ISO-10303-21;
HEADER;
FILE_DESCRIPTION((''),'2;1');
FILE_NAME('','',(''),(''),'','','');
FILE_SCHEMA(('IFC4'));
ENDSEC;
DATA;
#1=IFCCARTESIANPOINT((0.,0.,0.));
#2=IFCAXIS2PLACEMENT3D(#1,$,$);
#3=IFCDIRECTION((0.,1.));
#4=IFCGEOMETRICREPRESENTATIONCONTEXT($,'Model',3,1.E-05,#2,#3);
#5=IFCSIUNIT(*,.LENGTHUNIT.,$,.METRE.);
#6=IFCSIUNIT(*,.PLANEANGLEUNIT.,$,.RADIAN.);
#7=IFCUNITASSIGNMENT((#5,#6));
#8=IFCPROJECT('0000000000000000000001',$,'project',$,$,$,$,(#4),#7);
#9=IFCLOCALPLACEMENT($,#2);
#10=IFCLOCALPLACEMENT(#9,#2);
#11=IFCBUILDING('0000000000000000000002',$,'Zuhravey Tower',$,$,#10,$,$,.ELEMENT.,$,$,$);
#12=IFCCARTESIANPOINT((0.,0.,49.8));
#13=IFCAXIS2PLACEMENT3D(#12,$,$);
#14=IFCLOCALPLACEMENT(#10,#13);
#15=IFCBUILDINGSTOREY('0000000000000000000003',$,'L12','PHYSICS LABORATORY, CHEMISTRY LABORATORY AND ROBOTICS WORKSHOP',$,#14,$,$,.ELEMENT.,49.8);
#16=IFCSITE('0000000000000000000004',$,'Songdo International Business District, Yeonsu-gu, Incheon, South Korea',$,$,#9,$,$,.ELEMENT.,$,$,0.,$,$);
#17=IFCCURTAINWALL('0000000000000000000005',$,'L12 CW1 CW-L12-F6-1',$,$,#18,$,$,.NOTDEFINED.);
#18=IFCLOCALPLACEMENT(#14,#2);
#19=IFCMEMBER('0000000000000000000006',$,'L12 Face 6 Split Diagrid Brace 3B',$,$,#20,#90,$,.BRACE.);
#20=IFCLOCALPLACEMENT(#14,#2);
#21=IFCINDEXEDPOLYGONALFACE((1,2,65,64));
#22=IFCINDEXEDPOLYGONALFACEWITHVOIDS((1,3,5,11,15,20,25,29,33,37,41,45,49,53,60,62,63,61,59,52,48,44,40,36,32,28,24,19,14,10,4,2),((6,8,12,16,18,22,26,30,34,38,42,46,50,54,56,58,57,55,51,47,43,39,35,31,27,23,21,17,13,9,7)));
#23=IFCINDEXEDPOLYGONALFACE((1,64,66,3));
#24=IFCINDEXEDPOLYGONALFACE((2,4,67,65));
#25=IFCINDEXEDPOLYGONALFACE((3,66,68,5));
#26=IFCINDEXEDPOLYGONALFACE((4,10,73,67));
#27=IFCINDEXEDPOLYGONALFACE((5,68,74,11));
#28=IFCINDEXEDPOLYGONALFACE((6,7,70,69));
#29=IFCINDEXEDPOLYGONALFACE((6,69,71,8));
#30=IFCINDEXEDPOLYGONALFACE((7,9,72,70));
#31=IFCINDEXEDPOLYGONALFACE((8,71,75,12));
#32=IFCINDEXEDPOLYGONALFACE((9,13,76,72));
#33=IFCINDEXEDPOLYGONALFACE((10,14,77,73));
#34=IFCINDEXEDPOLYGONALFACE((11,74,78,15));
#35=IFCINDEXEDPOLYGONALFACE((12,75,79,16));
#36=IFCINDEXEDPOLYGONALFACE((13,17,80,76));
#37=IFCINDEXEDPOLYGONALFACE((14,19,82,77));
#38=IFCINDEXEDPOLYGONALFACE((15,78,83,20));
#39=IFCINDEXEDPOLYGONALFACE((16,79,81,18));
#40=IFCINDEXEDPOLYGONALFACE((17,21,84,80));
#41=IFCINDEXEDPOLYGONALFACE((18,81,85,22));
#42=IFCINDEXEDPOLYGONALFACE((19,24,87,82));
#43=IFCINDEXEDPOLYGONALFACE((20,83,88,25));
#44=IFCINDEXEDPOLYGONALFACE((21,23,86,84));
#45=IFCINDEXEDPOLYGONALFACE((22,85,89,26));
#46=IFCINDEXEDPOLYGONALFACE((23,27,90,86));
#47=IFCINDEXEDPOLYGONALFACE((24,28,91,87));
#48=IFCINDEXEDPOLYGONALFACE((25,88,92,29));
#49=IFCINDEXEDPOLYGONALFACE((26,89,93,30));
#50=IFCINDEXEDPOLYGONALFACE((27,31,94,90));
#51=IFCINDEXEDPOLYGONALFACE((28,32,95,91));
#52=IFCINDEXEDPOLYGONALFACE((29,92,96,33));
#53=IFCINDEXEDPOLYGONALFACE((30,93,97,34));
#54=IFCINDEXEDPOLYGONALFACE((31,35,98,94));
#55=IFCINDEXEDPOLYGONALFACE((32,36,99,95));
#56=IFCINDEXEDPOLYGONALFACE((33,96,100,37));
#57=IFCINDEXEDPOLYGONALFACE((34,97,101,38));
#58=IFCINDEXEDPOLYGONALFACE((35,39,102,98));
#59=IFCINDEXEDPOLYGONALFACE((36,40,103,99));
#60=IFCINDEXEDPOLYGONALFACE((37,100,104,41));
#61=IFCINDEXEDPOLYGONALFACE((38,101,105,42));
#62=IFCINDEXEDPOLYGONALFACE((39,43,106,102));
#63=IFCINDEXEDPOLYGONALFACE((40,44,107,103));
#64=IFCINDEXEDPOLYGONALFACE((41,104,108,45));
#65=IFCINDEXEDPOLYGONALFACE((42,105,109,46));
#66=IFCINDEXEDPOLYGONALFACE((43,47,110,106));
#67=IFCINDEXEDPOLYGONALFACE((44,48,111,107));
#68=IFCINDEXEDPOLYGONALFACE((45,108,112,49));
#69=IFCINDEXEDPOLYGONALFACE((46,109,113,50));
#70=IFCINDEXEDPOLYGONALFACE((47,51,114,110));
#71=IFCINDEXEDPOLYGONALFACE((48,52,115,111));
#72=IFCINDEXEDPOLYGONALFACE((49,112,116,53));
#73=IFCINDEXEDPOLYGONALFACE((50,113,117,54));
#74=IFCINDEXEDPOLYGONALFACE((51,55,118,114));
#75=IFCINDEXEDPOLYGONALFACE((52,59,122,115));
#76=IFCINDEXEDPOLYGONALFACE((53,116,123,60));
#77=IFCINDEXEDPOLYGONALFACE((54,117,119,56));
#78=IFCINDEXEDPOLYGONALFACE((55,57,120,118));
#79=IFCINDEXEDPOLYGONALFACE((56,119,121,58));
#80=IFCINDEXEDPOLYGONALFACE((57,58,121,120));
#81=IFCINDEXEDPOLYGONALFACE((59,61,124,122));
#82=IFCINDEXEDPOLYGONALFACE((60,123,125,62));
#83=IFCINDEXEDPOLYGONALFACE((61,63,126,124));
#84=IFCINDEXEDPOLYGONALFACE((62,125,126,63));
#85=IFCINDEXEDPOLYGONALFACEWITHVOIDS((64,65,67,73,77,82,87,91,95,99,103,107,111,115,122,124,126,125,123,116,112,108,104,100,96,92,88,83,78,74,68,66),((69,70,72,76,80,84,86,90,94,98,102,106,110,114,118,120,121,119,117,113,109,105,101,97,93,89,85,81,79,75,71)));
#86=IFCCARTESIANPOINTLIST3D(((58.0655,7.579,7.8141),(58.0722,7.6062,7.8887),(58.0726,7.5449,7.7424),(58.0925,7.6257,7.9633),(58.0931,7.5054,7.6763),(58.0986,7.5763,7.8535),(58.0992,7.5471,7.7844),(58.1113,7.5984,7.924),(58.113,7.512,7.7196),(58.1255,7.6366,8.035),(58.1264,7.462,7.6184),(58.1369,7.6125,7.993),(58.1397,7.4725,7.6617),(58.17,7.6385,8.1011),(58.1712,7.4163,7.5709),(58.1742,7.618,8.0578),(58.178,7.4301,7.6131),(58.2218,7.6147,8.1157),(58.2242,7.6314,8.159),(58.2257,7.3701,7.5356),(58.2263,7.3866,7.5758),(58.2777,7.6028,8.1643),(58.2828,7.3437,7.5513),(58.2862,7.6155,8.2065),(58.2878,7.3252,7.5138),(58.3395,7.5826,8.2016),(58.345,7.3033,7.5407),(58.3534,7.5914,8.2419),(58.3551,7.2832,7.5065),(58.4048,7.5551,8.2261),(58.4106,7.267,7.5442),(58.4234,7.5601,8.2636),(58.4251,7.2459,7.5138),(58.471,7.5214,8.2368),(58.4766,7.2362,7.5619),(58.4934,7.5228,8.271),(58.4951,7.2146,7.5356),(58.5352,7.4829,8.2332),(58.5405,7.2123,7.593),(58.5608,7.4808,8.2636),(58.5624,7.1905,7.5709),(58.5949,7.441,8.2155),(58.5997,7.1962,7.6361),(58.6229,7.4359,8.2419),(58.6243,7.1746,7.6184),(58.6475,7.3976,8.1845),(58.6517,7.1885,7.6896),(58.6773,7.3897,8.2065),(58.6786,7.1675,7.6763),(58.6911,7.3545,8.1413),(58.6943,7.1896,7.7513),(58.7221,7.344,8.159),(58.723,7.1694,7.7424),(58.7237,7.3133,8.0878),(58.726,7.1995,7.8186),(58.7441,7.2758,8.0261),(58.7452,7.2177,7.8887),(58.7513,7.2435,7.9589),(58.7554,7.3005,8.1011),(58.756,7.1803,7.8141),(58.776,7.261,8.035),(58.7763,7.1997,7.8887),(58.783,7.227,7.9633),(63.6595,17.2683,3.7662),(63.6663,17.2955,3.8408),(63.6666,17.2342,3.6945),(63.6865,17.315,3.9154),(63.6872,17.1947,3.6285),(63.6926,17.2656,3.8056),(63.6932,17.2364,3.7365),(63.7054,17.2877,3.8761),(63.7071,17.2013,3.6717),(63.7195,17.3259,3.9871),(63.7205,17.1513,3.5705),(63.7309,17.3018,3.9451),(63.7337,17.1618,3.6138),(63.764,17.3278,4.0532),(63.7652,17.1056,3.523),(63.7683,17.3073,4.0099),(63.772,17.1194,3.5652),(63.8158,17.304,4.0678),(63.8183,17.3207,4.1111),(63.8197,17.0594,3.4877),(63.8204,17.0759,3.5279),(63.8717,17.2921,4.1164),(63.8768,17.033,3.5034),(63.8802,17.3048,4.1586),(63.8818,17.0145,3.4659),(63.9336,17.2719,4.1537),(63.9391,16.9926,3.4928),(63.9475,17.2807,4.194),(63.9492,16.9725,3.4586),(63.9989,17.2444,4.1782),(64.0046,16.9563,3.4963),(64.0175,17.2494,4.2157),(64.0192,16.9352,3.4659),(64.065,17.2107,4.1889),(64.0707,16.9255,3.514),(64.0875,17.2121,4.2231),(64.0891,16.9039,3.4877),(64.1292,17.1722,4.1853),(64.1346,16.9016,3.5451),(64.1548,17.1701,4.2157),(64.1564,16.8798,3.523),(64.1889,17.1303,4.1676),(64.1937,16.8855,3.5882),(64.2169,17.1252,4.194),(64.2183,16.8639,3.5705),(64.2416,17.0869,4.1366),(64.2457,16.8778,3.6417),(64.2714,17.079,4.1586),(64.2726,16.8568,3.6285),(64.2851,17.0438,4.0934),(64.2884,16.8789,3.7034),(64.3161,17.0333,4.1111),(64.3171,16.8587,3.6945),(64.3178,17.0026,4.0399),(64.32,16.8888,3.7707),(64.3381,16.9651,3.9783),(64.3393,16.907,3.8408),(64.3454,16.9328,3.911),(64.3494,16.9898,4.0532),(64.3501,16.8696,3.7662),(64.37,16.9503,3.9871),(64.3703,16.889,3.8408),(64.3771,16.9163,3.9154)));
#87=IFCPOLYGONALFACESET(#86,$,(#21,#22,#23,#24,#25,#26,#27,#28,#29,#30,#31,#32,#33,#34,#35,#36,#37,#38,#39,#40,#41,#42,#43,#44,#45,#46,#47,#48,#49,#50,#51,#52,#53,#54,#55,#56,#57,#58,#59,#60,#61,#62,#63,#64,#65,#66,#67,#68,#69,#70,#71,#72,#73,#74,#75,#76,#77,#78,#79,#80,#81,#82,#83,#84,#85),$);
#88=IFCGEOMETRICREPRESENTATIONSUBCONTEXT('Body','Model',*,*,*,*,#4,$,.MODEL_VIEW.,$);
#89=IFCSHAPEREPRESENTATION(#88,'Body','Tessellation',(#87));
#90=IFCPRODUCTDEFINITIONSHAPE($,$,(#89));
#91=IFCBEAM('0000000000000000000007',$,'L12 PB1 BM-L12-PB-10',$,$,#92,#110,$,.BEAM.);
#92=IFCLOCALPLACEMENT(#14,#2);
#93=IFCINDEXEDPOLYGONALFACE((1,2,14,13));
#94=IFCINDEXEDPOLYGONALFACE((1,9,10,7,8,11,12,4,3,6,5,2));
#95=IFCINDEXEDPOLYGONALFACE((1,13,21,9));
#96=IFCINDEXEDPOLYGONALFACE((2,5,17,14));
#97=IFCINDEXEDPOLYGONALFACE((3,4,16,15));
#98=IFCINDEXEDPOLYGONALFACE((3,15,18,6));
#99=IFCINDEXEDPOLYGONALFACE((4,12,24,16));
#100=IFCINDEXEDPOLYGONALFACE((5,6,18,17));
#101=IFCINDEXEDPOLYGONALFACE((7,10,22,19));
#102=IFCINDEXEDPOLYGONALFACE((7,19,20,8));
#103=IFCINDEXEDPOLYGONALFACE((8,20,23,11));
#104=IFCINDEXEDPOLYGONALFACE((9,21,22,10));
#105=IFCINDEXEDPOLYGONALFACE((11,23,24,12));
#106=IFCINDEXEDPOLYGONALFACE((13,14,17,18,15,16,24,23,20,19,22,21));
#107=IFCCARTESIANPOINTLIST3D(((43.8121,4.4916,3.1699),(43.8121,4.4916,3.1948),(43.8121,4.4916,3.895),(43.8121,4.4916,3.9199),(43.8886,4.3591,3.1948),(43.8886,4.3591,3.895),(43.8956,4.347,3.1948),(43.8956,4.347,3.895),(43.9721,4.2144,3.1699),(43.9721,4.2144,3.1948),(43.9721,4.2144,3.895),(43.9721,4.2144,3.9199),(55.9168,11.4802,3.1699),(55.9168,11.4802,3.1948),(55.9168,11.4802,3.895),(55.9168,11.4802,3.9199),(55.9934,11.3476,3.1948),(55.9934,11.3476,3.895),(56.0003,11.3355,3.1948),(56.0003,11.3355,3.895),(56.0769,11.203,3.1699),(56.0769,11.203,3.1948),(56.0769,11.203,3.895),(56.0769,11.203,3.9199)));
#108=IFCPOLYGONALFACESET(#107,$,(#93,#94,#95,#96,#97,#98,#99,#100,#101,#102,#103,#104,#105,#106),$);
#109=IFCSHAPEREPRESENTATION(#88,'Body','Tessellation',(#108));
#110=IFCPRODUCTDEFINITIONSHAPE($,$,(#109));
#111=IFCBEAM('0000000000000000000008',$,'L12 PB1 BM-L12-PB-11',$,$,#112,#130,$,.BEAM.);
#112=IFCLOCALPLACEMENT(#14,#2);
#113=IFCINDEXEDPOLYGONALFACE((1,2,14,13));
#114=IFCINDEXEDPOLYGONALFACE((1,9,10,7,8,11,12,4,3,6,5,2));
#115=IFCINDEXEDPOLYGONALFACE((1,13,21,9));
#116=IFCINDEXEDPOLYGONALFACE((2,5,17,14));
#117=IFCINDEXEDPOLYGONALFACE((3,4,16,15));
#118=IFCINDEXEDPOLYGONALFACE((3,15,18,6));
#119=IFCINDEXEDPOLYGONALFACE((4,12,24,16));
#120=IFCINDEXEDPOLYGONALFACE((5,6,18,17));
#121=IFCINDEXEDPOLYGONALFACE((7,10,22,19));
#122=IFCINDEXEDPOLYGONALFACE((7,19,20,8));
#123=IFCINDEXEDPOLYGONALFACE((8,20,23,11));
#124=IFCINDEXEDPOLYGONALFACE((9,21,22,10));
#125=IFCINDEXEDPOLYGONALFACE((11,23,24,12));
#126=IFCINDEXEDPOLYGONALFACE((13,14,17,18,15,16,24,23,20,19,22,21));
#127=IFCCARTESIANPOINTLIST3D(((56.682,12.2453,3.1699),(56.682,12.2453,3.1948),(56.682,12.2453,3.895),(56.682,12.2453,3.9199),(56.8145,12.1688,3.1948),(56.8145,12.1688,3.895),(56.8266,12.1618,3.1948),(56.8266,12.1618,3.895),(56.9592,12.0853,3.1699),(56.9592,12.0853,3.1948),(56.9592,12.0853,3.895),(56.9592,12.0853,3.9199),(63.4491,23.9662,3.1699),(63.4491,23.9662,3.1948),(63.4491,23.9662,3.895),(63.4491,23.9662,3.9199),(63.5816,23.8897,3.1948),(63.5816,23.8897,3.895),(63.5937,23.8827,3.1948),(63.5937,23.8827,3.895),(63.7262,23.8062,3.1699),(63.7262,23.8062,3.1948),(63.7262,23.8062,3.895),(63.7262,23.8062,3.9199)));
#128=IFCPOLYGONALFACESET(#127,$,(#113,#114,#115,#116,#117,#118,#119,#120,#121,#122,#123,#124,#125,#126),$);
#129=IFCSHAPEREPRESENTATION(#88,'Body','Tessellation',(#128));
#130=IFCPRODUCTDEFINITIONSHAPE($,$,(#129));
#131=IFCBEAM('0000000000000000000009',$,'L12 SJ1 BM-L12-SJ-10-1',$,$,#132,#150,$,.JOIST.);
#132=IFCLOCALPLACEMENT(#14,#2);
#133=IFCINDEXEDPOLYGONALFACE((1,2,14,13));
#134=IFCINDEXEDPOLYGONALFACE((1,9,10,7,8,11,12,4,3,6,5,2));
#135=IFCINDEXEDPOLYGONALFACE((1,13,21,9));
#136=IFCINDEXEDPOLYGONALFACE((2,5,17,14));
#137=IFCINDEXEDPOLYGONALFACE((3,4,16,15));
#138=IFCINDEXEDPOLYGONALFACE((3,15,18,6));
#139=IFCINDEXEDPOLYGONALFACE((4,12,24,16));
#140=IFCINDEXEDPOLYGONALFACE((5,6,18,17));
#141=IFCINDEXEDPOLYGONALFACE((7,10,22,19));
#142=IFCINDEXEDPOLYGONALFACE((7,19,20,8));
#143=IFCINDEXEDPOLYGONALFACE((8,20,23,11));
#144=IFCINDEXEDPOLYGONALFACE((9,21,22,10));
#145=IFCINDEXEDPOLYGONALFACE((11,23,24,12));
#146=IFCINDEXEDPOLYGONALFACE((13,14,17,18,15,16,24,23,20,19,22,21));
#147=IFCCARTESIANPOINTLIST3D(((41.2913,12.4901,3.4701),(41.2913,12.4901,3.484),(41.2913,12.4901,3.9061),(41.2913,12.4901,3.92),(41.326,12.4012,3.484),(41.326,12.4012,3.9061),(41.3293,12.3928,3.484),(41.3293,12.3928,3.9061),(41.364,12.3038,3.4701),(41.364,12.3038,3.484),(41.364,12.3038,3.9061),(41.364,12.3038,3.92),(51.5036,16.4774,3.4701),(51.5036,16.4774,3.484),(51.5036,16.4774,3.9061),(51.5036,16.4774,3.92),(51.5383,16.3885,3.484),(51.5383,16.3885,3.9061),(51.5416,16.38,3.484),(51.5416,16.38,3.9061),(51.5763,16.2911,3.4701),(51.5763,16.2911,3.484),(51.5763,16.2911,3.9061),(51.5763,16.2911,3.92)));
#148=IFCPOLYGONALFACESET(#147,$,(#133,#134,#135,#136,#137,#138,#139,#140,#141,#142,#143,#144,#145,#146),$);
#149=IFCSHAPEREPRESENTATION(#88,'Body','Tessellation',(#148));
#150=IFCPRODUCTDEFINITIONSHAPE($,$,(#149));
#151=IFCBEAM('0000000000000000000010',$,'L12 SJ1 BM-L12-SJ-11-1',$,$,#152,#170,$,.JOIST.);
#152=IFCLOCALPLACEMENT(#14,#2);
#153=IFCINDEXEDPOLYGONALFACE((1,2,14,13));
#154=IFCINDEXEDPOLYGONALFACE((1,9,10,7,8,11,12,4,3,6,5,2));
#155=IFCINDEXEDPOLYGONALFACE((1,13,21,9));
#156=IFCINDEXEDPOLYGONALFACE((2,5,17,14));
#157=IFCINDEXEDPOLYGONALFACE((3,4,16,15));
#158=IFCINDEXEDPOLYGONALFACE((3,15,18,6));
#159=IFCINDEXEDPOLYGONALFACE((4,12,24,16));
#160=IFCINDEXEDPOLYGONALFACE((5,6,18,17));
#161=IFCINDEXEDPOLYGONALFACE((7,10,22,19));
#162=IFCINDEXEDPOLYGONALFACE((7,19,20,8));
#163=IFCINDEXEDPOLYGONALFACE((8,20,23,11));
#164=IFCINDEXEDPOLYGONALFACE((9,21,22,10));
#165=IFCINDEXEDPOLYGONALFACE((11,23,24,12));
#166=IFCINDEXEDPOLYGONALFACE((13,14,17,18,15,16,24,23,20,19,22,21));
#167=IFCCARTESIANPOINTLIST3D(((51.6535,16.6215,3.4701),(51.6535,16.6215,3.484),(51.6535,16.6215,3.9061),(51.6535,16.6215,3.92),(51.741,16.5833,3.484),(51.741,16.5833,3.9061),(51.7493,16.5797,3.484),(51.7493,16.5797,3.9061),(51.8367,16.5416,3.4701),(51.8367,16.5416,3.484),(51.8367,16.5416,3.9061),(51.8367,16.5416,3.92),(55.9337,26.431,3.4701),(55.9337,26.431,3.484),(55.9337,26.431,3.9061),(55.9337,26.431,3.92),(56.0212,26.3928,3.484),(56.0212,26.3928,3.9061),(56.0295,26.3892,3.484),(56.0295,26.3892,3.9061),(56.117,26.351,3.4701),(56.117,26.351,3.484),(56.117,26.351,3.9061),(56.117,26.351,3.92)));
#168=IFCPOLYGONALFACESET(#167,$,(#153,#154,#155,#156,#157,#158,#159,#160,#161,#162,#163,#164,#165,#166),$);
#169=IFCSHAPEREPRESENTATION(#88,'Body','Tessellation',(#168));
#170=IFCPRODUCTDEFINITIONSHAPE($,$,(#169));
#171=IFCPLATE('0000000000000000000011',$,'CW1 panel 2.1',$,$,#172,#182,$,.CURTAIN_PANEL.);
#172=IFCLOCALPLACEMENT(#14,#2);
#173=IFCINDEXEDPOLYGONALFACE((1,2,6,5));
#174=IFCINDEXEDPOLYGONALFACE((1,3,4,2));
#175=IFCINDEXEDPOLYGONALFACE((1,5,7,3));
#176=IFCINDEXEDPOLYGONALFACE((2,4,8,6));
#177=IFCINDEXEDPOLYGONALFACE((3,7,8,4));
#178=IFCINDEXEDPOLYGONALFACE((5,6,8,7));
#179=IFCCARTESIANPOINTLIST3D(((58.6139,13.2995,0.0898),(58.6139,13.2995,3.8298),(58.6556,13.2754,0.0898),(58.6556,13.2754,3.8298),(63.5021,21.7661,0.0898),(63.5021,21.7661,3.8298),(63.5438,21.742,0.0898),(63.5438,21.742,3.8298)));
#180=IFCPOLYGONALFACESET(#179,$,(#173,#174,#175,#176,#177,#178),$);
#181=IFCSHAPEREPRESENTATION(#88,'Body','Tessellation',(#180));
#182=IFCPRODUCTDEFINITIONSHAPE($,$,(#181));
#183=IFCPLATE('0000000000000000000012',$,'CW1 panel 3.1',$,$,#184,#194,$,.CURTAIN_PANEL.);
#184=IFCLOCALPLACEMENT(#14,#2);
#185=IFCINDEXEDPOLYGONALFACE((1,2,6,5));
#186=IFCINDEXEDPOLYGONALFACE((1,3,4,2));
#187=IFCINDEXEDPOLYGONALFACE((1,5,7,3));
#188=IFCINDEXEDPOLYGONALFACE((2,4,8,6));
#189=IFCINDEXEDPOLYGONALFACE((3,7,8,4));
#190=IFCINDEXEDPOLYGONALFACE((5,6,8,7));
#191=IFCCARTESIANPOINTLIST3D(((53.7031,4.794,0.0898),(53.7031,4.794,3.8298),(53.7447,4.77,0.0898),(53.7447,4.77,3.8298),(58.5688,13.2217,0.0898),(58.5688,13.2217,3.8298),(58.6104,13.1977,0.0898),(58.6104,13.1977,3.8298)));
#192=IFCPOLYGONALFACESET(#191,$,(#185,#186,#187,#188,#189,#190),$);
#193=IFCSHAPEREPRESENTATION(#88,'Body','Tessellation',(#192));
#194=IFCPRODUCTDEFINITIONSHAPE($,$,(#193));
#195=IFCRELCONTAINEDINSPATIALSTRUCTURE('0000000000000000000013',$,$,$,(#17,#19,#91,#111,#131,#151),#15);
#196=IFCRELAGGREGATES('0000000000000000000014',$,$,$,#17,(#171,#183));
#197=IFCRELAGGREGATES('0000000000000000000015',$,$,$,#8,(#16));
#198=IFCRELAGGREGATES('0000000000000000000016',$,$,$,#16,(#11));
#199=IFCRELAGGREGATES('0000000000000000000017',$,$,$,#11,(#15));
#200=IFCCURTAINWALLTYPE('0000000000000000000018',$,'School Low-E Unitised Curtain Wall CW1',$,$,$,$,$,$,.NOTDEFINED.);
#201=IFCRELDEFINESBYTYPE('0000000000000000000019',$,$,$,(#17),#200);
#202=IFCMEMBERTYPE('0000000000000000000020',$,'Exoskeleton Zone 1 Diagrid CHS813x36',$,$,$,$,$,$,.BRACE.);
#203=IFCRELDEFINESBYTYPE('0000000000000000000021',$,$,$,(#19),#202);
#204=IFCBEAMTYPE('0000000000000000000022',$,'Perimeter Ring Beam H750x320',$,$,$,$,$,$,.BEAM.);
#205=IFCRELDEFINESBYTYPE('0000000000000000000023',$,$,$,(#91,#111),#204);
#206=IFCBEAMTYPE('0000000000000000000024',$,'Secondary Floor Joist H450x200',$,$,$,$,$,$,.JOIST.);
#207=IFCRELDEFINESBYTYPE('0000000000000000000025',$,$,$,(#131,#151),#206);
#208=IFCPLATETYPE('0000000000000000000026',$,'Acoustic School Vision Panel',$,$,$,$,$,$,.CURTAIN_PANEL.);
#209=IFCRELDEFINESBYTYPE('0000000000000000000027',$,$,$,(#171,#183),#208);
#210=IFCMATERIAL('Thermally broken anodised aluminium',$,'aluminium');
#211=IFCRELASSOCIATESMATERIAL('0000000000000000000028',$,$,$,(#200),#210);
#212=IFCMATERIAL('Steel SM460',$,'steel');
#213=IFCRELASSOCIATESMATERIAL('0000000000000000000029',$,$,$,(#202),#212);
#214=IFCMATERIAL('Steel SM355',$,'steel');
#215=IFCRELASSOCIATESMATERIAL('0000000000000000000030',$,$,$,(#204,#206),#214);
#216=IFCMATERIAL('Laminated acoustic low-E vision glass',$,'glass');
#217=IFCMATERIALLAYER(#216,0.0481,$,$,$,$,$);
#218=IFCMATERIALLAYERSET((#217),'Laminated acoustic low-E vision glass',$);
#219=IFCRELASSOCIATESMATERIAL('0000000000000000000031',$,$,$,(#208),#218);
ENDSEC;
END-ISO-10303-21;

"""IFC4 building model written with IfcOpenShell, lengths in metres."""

from ifc_helpers import new_model, si_unit, direction, frame, origin, origin_2d, place, context, subcontext, project, spatial, rectangle, hollow_circle, i_section, extrude, material, layer, layer_set, material_profile, profile_set, type_object, element, aggregate, save


model = new_model("IFC4")

# Units and contexts
model_context = context("Model", 3, precision=1e-05, world=origin(), true_north=direction((0.0, 1.0)))
body_context = subcontext(model_context, "Body", "Model", "MODEL_VIEW")
ifc_project = project(units=[si_unit("LENGTHUNIT", "METRE"), si_unit("PLANEANGLEUNIT", "RADIAN")], contexts=[model_context])

# Site, building, storey
site_placement = place(None, origin())
site = spatial("IfcSite", under=ifc_project, at=site_placement, Name="Songdo International Business District, Yeonsu-gu, Incheon, South Korea", CompositionType="ELEMENT", RefElevation=0.0)
building_placement = place(site_placement, origin())
building = spatial("IfcBuilding", under=site, at=building_placement, Name="Zuhravey Tower", CompositionType="ELEMENT")
storey_placement = place(building_placement, frame((0.0, 0.0, 49.8)))
storey = spatial("IfcBuildingStorey", under=building, at=storey_placement, Name="L12", Description="PHYSICS LABORATORY, CHEMISTRY LABORATORY AND ROBOTICS WORKSHOP", CompositionType="ELEMENT", Elevation=49.8)

# Curtain wall
ifc_material_1 = material(Name="Thermally broken anodised aluminium", Category="aluminium")
curtain_wall_type = type_object("IfcCurtainWallType", Name="School Low-E Unitised Curtain Wall CW1", PredefinedType="NOTDEFINED", material=ifc_material_1)
curtain_wall_1_placement = place(storey_placement, origin())
curtain_wall_1 = element("IfcCurtainWall", 1, at=curtain_wall_1_placement, inside=storey, type_object=curtain_wall_type, Name="L12 CW1 CW-L12-F6-1", PredefinedType="NOTDEFINED")

# Member
ifc_material_2 = material(Name="Steel SM355", Category="steel")
ifc_material_3 = material(Name="Steel SM460", Category="steel")
ifc_material_profile_1 = material_profile(ifc_material_3, hollow_circle(Radius=0.4065, WallThickness=0.0359, at=origin_2d()), Name="CHS-812.8x36")
ifc_profile_set_1 = profile_set([ifc_material_profile_1], Name="Steel SM460")
member_type_1 = type_object("IfcMemberType", Name="Exoskeleton Zone 1 Diagrid CHS813x36", PredefinedType="BRACE", material=ifc_profile_set_1)
member_1_placement = place(storey_placement, frame((64.0183, 17.0923, 3.8408), z_axis=(-0.470169, -0.814367, 0.340217), x_axis=(0.866028, -0.499995, 0.0)))
element("IfcMember", 2, at=member_1_placement, inside=storey, type_object=member_type_1, Name="L12 Face 6 Split Diagrid Brace 3B", PredefinedType="BRACE", context=body_context, shape_type="SweptSolid", body=[
    extrude(hollow_circle(Radius=0.4065, WallThickness=0.0359, at=origin_2d()), origin(), (0.0, 0.0, 1.0), 11.8979),
])

# Beams
ifc_material_profile_2 = material_profile(ifc_material_2, i_section(OverallWidth=0.3201, OverallDepth=0.75, WebThickness=0.0139, FlangeThickness=0.0249, at=origin_2d()), Name="H-750x320x14x25")
ifc_profile_set_2 = profile_set([ifc_material_profile_2], Name="Steel SM355")
beam_type_1 = type_object("IfcBeamType", Name="Perimeter Ring Beam H750x320", PredefinedType="BEAM", material=ifc_profile_set_2)
beam_1_placement = place(storey_placement, frame((43.8921, 4.353, 3.5449), z_axis=(0.86603, 0.499992, 0.0), x_axis=(-0.499992, 0.86603, 0.0)))
element("IfcBeam", 3, at=beam_1_placement, inside=storey, type_object=beam_type_1, Name="L12 PB1 BM-L12-PB-10", PredefinedType="BEAM", context=body_context, shape_type="SweptSolid", body=[
    extrude(i_section(OverallWidth=0.3201, OverallDepth=0.75, WebThickness=0.0139, FlangeThickness=0.0249, at=origin_2d()), origin(), (0.0, 0.0, 1.0), 13.9773),
])
beam_2_placement = place(storey_placement, frame((56.8206, 12.1653, 3.5449), z_axis=(0.5, 0.866025, 0.0), x_axis=(-0.866025, 0.5, 0.0)))
element("IfcBeam", 4, at=beam_2_placement, inside=storey, type_object=beam_type_1, Name="L12 PB1 BM-L12-PB-11", PredefinedType="BEAM", context=body_context, shape_type="SweptSolid", body=[
    extrude(i_section(OverallWidth=0.3201, OverallDepth=0.75, WebThickness=0.0139, FlangeThickness=0.0249, at=origin_2d()), origin(), (0.0, 0.0, 1.0), 13.5342),
])
ifc_material_profile_3 = material_profile(ifc_material_2, i_section(OverallWidth=0.2, OverallDepth=0.45, WebThickness=0.009, FlangeThickness=0.0139, at=origin_2d()), Name="H-450x200x9x14")
ifc_profile_set_3 = profile_set([ifc_material_profile_3], Name="Steel SM355")
beam_type_2 = type_object("IfcBeamType", Name="Secondary Floor Joist H450x200", PredefinedType="JOIST", material=ifc_profile_set_3)
beam_3_placement = place(storey_placement, frame((41.3276, 12.397, 3.6951), z_axis=(0.931517, 0.363699, 0.0), x_axis=(-0.363699, 0.931517, 0.0)))
element("IfcBeam", 5, at=beam_3_placement, inside=storey, type_object=beam_type_2, Name="L12 SJ1 BM-L12-SJ-10-1", PredefinedType="JOIST", context=body_context, shape_type="SweptSolid", body=[
    extrude(i_section(OverallWidth=0.2, OverallDepth=0.45, WebThickness=0.009, FlangeThickness=0.0139, at=origin_2d()), origin(), (0.0, 0.0, 1.0), 10.9631),
])
beam_4_placement = place(storey_placement, frame((51.7451, 16.5815, 3.6951), z_axis=(0.399924, 0.916549, 0.0), x_axis=(-0.916549, 0.399924, 0.0)))
element("IfcBeam", 6, at=beam_4_placement, inside=storey, type_object=beam_type_2, Name="L12 SJ1 BM-L12-SJ-11-1", PredefinedType="JOIST", context=body_context, shape_type="SweptSolid", body=[
    extrude(i_section(OverallWidth=0.2, OverallDepth=0.45, WebThickness=0.009, FlangeThickness=0.0139, at=origin_2d()), origin(), (0.0, 0.0, 1.0), 10.7026),
])

# Plates
ifc_material_4 = material(Name="Laminated acoustic low-E vision glass", Category="glass")
ifc_layer_1 = layer(ifc_material_4, 0.0481)
ifc_layer_set_1 = layer_set([ifc_layer_1], Name="Laminated acoustic low-E vision glass")
plate_type_1 = type_object("IfcPlateType", Name="Acoustic School Vision Panel", PredefinedType="CURTAIN_PANEL", material=ifc_layer_set_1)
plate_1_placement = place(storey_placement, frame((61.0789, 17.5208, 0.0898), z_axis=(0.0, 0.0, 1.0), x_axis=(-0.5, -0.866026, 0.0)))
plate_1 = element("IfcPlate", 7, at=plate_1_placement, type_object=plate_type_1, Name="CW1 panel 2.1", PredefinedType="CURTAIN_PANEL", context=body_context, shape_type="SweptSolid", body=[
    extrude(rectangle(XDim=9.7764, YDim=0.0481, at=origin_2d()), origin(), (0.0, 0.0, 1.0), 3.74),
])
plate_2_placement = place(storey_placement, frame((56.1567, 8.9958, 0.0898), z_axis=(0.0, 0.0, 1.0), x_axis=(-0.5, -0.866026, 0.0)))
plate_2 = element("IfcPlate", 8, at=plate_2_placement, type_object=plate_type_1, Name="CW1 panel 3.1", PredefinedType="CURTAIN_PANEL", context=body_context, shape_type="SweptSolid", body=[
    extrude(rectangle(XDim=9.7314, YDim=0.0481, at=origin_2d()), origin(), (0.0, 0.0, 1.0), 3.74),
])
aggregate(curtain_wall_1, [plate_1, plate_2])

save(model, "model.ifc")
